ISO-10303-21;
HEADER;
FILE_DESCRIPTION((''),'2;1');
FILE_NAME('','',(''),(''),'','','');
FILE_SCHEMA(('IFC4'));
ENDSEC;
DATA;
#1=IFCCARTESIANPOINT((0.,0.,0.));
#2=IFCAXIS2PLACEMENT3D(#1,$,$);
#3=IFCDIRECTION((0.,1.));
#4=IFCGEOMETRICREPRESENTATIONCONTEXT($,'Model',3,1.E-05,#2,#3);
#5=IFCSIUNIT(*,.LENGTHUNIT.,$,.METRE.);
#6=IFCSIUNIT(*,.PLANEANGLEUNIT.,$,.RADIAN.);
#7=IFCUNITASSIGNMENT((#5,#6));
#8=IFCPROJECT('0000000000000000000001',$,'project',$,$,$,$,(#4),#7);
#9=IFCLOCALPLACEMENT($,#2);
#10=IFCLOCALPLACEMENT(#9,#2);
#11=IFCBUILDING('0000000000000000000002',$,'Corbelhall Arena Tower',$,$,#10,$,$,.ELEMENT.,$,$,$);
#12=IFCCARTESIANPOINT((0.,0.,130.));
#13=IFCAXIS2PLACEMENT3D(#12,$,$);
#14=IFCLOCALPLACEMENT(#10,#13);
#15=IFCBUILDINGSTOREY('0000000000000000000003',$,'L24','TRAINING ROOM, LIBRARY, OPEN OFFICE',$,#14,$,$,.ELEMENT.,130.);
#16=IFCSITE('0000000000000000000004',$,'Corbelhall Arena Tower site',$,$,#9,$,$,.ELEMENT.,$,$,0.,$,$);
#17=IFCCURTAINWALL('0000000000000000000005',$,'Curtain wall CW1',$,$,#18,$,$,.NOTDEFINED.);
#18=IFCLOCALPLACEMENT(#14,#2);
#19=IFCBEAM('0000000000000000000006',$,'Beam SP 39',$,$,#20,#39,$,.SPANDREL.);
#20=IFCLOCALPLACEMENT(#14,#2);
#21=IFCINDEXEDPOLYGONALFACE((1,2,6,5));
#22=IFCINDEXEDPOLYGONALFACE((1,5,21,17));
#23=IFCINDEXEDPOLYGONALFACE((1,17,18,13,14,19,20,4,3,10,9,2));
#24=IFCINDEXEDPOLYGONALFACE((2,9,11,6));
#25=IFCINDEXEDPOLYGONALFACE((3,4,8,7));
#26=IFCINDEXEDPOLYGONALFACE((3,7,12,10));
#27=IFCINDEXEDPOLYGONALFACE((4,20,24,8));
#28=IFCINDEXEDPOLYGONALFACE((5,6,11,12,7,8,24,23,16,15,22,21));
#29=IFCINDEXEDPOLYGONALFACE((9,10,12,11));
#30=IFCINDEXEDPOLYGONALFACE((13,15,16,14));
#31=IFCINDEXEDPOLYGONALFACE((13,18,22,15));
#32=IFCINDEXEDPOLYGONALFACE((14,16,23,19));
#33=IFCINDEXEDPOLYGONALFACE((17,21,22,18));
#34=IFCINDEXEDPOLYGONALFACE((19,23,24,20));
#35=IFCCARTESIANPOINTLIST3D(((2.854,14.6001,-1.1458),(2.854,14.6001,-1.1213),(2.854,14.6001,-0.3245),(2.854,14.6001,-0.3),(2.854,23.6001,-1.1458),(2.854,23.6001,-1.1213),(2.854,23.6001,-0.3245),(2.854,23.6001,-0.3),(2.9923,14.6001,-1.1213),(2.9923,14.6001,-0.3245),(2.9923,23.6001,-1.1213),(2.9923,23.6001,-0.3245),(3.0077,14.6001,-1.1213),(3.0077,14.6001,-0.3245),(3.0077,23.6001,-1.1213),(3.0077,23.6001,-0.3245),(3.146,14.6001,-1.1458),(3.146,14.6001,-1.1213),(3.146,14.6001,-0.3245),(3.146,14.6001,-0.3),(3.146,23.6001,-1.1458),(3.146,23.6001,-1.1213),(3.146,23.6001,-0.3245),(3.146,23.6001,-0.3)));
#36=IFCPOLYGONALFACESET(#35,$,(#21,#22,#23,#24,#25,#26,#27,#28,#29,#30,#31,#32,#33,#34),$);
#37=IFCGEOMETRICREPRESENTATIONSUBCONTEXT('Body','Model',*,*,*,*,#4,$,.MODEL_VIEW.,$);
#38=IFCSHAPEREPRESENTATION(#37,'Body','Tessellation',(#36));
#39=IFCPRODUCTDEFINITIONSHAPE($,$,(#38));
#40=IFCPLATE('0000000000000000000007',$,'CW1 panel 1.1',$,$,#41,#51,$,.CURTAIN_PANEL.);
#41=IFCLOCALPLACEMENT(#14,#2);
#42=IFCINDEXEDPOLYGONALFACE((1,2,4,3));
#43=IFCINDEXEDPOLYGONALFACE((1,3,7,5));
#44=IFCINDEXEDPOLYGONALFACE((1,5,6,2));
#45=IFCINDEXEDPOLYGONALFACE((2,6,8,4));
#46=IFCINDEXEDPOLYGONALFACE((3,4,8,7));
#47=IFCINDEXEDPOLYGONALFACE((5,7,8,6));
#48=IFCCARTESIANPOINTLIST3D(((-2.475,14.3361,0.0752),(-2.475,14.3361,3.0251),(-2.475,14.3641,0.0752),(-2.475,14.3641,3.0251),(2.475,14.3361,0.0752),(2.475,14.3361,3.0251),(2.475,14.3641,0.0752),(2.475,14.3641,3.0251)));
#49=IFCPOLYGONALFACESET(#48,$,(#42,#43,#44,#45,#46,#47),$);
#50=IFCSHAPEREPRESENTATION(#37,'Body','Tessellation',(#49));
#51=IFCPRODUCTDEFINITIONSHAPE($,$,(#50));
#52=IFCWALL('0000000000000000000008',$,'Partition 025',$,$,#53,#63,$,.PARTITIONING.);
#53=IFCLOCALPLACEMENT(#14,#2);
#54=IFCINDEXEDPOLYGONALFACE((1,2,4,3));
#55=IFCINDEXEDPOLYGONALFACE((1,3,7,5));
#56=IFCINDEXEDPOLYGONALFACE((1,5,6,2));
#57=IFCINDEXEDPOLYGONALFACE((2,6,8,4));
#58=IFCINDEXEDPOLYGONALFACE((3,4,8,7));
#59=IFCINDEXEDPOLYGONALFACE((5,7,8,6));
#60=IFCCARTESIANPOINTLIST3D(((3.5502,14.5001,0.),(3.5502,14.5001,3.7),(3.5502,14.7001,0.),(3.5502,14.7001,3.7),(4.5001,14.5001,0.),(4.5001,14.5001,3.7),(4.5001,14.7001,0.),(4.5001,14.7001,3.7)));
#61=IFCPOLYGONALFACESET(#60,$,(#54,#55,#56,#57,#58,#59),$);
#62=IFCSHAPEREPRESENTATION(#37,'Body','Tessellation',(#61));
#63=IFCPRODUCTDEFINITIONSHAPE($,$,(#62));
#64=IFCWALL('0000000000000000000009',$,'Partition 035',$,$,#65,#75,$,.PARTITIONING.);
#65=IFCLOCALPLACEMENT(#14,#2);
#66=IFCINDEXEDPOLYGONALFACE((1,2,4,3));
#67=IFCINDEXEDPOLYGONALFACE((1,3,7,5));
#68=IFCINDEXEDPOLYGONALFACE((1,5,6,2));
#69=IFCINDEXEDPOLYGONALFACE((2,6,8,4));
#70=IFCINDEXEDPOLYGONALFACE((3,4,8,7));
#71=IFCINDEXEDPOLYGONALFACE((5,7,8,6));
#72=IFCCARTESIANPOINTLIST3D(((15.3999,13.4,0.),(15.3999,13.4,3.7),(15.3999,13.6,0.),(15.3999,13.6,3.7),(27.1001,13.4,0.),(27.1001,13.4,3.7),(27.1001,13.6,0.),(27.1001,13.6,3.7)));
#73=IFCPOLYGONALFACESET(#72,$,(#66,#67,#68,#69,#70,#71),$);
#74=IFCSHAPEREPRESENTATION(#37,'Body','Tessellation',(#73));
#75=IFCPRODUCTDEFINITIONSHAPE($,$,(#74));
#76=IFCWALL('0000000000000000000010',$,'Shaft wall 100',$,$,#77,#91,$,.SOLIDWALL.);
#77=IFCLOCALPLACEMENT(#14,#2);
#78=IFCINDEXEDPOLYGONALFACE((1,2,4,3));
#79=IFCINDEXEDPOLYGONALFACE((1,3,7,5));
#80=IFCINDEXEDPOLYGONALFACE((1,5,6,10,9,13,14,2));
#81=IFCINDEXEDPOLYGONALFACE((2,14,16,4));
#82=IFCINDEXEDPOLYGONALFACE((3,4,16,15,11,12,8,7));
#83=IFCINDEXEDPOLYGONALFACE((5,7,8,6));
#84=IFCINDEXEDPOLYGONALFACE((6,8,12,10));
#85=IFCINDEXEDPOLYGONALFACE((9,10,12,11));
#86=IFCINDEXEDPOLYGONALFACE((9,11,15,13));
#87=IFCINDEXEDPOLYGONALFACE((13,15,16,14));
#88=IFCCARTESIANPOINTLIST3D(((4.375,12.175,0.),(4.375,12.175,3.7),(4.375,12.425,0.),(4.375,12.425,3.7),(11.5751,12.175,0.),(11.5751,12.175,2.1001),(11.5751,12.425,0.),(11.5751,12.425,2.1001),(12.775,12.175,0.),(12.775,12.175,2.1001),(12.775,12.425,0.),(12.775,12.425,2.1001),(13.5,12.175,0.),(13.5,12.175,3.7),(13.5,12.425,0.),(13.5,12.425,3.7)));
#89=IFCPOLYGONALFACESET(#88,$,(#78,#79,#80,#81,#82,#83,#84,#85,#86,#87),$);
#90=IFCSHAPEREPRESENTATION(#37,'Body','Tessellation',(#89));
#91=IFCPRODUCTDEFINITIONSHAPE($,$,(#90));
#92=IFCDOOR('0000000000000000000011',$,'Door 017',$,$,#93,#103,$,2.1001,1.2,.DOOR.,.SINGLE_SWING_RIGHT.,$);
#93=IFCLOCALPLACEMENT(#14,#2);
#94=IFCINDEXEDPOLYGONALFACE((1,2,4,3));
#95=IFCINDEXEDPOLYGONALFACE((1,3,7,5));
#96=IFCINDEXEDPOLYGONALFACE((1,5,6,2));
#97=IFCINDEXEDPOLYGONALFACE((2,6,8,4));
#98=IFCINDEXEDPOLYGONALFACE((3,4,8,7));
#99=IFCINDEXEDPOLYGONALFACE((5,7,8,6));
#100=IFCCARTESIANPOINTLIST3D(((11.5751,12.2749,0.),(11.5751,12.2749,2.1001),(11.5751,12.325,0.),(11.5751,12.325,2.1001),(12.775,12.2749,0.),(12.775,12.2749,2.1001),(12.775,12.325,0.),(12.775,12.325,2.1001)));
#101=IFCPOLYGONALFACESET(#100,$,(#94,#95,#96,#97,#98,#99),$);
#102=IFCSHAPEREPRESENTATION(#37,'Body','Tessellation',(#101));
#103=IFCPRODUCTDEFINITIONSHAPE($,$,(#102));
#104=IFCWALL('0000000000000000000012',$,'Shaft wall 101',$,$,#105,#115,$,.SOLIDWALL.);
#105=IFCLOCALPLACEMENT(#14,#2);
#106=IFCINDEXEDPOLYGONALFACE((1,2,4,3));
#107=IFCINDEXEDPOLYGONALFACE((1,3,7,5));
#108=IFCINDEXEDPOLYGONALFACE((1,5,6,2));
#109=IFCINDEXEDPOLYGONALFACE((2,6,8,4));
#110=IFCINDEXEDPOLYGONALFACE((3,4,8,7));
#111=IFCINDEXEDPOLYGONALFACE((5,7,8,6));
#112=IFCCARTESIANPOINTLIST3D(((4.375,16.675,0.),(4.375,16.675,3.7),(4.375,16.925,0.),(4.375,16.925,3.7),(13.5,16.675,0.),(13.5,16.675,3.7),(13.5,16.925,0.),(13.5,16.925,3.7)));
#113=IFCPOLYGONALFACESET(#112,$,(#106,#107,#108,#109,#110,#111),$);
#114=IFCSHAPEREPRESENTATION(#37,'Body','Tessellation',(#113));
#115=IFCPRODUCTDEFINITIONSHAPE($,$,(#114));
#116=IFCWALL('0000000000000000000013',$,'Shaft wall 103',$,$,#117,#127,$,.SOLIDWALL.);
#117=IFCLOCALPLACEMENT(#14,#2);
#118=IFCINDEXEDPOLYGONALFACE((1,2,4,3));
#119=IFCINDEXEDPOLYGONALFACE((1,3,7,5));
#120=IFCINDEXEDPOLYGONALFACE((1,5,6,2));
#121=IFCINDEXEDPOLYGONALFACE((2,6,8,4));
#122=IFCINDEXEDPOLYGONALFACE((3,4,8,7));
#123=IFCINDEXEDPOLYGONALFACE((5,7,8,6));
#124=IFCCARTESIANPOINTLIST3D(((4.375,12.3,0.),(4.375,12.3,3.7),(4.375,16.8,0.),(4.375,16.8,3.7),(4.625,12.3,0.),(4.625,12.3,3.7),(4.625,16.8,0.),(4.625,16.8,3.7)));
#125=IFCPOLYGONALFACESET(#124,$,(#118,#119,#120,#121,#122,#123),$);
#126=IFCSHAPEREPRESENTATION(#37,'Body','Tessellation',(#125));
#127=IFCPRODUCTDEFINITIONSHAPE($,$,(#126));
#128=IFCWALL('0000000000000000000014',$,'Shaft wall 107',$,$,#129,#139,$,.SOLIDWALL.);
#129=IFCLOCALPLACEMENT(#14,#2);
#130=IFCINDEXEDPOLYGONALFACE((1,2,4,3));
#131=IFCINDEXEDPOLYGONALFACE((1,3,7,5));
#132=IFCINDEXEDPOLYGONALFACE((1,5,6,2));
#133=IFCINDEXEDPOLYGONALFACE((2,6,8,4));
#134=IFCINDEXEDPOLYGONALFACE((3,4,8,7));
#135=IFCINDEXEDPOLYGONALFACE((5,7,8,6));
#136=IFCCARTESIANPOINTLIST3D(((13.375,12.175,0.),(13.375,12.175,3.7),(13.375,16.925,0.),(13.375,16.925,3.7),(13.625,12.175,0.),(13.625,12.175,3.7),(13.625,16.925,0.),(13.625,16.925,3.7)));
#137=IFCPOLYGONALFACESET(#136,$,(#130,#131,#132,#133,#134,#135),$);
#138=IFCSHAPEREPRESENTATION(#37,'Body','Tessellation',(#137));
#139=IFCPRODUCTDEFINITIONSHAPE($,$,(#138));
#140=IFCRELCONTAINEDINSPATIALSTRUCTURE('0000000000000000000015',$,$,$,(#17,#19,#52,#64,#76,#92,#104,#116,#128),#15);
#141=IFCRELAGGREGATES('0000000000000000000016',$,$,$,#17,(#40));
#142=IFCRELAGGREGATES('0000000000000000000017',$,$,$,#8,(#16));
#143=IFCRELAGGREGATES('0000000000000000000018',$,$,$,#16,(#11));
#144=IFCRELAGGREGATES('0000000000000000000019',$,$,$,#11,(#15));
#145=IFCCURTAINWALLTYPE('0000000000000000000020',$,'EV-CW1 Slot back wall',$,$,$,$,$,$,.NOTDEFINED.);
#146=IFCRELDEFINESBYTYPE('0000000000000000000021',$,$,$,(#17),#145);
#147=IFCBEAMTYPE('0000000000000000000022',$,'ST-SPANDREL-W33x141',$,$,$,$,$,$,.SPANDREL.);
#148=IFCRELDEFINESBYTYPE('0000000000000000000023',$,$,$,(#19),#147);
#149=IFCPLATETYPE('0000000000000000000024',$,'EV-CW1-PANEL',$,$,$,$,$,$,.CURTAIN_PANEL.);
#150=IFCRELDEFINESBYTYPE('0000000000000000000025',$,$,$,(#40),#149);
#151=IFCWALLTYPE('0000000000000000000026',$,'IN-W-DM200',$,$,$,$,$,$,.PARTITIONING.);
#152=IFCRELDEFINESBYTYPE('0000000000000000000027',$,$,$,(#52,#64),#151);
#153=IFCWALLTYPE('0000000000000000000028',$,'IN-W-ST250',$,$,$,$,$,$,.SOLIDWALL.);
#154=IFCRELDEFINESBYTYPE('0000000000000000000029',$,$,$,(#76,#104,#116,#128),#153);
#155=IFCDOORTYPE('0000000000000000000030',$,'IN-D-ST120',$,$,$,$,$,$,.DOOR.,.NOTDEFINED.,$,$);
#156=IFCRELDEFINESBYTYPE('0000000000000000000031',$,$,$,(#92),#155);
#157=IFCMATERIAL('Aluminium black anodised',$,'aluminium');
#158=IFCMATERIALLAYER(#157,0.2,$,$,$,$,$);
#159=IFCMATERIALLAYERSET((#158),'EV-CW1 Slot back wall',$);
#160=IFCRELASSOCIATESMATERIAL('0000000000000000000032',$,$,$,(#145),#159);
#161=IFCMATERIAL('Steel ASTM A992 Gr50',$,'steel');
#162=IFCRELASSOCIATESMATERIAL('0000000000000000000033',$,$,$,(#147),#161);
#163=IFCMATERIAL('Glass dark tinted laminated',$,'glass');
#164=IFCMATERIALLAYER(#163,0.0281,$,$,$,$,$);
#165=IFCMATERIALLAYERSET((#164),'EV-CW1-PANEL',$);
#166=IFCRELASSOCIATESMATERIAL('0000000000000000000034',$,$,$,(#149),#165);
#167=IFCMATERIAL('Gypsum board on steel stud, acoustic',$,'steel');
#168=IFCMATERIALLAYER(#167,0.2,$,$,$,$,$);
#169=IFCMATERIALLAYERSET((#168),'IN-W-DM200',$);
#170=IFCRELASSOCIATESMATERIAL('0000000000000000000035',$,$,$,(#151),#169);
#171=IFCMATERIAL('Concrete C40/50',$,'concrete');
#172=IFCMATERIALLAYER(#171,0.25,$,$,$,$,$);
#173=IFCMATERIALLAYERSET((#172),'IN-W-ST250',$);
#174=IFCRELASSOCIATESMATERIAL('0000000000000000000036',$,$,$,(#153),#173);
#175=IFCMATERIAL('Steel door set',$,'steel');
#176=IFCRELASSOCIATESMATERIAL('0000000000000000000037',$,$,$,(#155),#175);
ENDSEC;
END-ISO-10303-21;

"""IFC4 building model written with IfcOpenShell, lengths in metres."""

from ifc_helpers import new_model, si_unit, direction, frame, frame_2d, origin, origin_2d, place, context, subcontext, project, spatial, rectangle, i_section, extrude, material, layer, layer_set, material_profile, profile_set, type_object, element, fill, aggregate, save


model = new_model("IFC4")

# Units and contexts
model_context = context("Model", 3, precision=1e-05, world=origin(), true_north=direction((0.0, 1.0)))
body_context = subcontext(model_context, "Body", "Model", "MODEL_VIEW")
ifc_project = project(units=[si_unit("LENGTHUNIT", "METRE"), si_unit("PLANEANGLEUNIT", "RADIAN")], contexts=[model_context])

# Site, building, storey
site_placement = place(None, origin())
site = spatial("IfcSite", under=ifc_project, at=site_placement, Name="Corbelhall Arena Tower site", CompositionType="ELEMENT", RefElevation=0.0)
building_placement = place(site_placement, origin())
building = spatial("IfcBuilding", under=site, at=building_placement, Name="Corbelhall Arena Tower", CompositionType="ELEMENT")
storey_placement = place(building_placement, frame((0.0, 0.0, 130.0)))
storey = spatial("IfcBuildingStorey", under=building, at=storey_placement, Name="L24", Description="TRAINING ROOM, LIBRARY, OPEN OFFICE", CompositionType="ELEMENT", Elevation=130.0)

# Curtain wall
ifc_material_1 = material(Name="Aluminium black anodised", Category="aluminium")
ifc_layer_1 = layer(ifc_material_1, 0.2)
ifc_layer_set_1 = layer_set([ifc_layer_1], Name="EV-CW1 Slot back wall")
curtain_wall_type = type_object("IfcCurtainWallType", Name="EV-CW1 Slot back wall", PredefinedType="NOTDEFINED", material=ifc_layer_set_1)
curtain_wall_placement = place(storey_placement, origin())
curtain_wall = element("IfcCurtainWall", 1, at=curtain_wall_placement, inside=storey, type_object=curtain_wall_type, Name="Curtain wall CW1", PredefinedType="NOTDEFINED")

# Beam
ifc_material_2 = material(Name="Steel ASTM A992 Gr50", Category="steel")
ifc_material_profile_1 = material_profile(ifc_material_2, i_section(OverallWidth=0.292, OverallDepth=0.8457, WebThickness=0.0154, FlangeThickness=0.0244, at=origin_2d()))
ifc_profile_set_1 = profile_set([ifc_material_profile_1], Name="Steel ASTM A992 Gr50")
beam_type_1 = type_object("IfcBeamType", Name="ST-SPANDREL-W33x141", PredefinedType="SPANDREL", material=ifc_profile_set_1)
beam_1_placement = place(storey_placement, frame((3.0, 14.6001, -0.7229), z_axis=(0.0, 1.0, 0.0), x_axis=(-1.0, 0.0, 0.0)))
element("IfcBeam", 2, at=beam_1_placement, inside=storey, type_object=beam_type_1, Name="Beam SP 39", PredefinedType="SPANDREL", context=body_context, shape_type="SweptSolid", body=[
    extrude(i_section(OverallWidth=0.292, OverallDepth=0.8457, WebThickness=0.0154, FlangeThickness=0.0244, at=origin_2d()), origin(), (0.0, 0.0, 1.0), 9.0),
])

# Plate
ifc_material_3 = material(Name="Glass dark tinted laminated", Category="glass")
ifc_layer_2 = layer(ifc_material_3, 0.0281)
ifc_layer_set_2 = layer_set([ifc_layer_2], Name="EV-CW1-PANEL")
plate_type = type_object("IfcPlateType", Name="EV-CW1-PANEL", PredefinedType="CURTAIN_PANEL", material=ifc_layer_set_2)
plate_placement = place(storey_placement, frame((0.0, 14.3501, 0.0752), z_axis=(0.0, 0.0, 1.0), x_axis=(-1.0, 0.0, 0.0)))
plate = element("IfcPlate", 3, at=plate_placement, type_object=plate_type, Name="CW1 panel 1.1", PredefinedType="CURTAIN_PANEL", context=body_context, shape_type="SweptSolid", body=[
    extrude(rectangle(XDim=4.95, YDim=0.0281, at=origin_2d()), origin(), (0.0, 0.0, 1.0), 2.95),
])
aggregate(curtain_wall, [plate])

# Wall
ifc_material_4 = material(Name="Gypsum board on steel stud, acoustic", Category="steel")
ifc_layer_3 = layer(ifc_material_4, 0.2)
ifc_layer_set_3 = layer_set([ifc_layer_3], Name="IN-W-DM200")
wall_type_1 = type_object("IfcWallType", Name="IN-W-DM200", PredefinedType="PARTITIONING", material=ifc_layer_set_3)
wall_1_placement = place(storey_placement, frame((3.55, 14.6001, 0.0), z_axis=(0.0, 0.0, 1.0), x_axis=(1.0, 0.0, 0.0)))
element("IfcWall", 4, at=wall_1_placement, inside=storey, type_object=wall_type_1, Name="Partition 025", PredefinedType="PARTITIONING", context=body_context, shape_type="SweptSolid", body=[
    extrude(rectangle(XDim=0.95, YDim=0.2, at=frame_2d((0.4751, 0.0))), origin(), (0.0, 0.0, 1.0), 3.7),
])

# Shared definitions
ifc_material_5 = material(Name="Steel door set", Category="steel")

# Wall
wall_2_placement = place(storey_placement, frame((15.3999, 13.5, 0.0), z_axis=(0.0, 0.0, 1.0), x_axis=(1.0, 0.0, 0.0)))
element("IfcWall", 5, at=wall_2_placement, inside=storey, type_object=wall_type_1, Name="Partition 035", PredefinedType="PARTITIONING", context=body_context, shape_type="SweptSolid", body=[
    extrude(rectangle(XDim=11.7002, YDim=0.2, at=frame_2d((5.8501, 0.0))), origin(), (0.0, 0.0, 1.0), 3.7),
])

# Wall, opening, door
ifc_material_6 = material(Name="Concrete C40/50", Category="concrete")
ifc_layer_4 = layer(ifc_material_6, 0.25)
ifc_layer_set_4 = layer_set([ifc_layer_4], Name="IN-W-ST250")
wall_type_2 = type_object("IfcWallType", Name="IN-W-ST250", PredefinedType="SOLIDWALL", material=ifc_layer_set_4)
wall_3_placement = place(storey_placement, frame((4.375, 12.3, 0.0), z_axis=(0.0, 0.0, 1.0), x_axis=(1.0, 0.0, 0.0)))
wall_3 = element("IfcWall", 6, at=wall_3_placement, inside=storey, type_object=wall_type_2, Name="Shaft wall 100", PredefinedType="SOLIDWALL", context=body_context, shape_type="SweptSolid", body=[
    extrude(rectangle(XDim=9.125, YDim=0.25, at=frame_2d((4.5625, 0.0))), origin(), (0.0, 0.0, 1.0), 3.7),
])
opening_1_placement = place(wall_3_placement, frame((7.2, 0.0, 0.0)))
opening_1 = element("IfcOpeningElement", 7, at=opening_1_placement, cuts=wall_3, PredefinedType="OPENING", context=body_context, shape_type="SweptSolid", body=[
    extrude(rectangle(XDim=1.2, YDim=2.1001, at=frame_2d((0.6001, 1.05))), frame((0.0, 0.125, 0.0), z_axis=(0.0, -1.0, 0.0), x_axis=(1.0, 0.0, 0.0)), (0.0, 0.0, 1.0), 0.25),
])
door_type_1 = type_object("IfcDoorType", Name="IN-D-ST120", OperationType="NOTDEFINED", PredefinedType="DOOR", material=ifc_material_5)
door_1_placement = place(opening_1_placement, origin())
door_1 = element("IfcDoor", 8, at=door_1_placement, inside=storey, type_object=door_type_1, Name="Door 017", OperationType="SINGLE_SWING_RIGHT", OverallHeight=2.1001, OverallWidth=1.2, PredefinedType="DOOR", context=body_context, shape_type="SweptSolid", body=[
    extrude(rectangle(XDim=1.2, YDim=2.1001, at=frame_2d((0.6001, 1.05))), frame((0.0, 0.0249, 0.0), z_axis=(0.0, -1.0, 0.0), x_axis=(1.0, 0.0, 0.0)), (0.0, 0.0, 1.0), 0.05),
])
fill(opening_1, door_1)

# Walls
wall_4_placement = place(storey_placement, frame((4.375, 16.8, 0.0), z_axis=(0.0, 0.0, 1.0), x_axis=(1.0, 0.0, 0.0)))
element("IfcWall", 9, at=wall_4_placement, inside=storey, type_object=wall_type_2, Name="Shaft wall 101", PredefinedType="SOLIDWALL", context=body_context, shape_type="SweptSolid", body=[
    extrude(rectangle(XDim=9.125, YDim=0.25, at=frame_2d((4.5625, 0.0))), origin(), (0.0, 0.0, 1.0), 3.7),
])
wall_5_placement = place(storey_placement, frame((4.5, 12.3, 0.0), z_axis=(0.0, 0.0, 1.0), x_axis=(0.0, 1.0, 0.0)))
element("IfcWall", 10, at=wall_5_placement, inside=storey, type_object=wall_type_2, Name="Shaft wall 103", PredefinedType="SOLIDWALL", context=body_context, shape_type="SweptSolid", body=[
    extrude(rectangle(XDim=4.5, YDim=0.25, at=frame_2d((2.25, 0.0))), origin(), (0.0, 0.0, 1.0), 3.7),
])
wall_6_placement = place(storey_placement, frame((13.5, 12.175, 0.0), z_axis=(0.0, 0.0, 1.0), x_axis=(0.0, 1.0, 0.0)))
element("IfcWall", 11, at=wall_6_placement, inside=storey, type_object=wall_type_2, Name="Shaft wall 107", PredefinedType="SOLIDWALL", context=body_context, shape_type="SweptSolid", body=[
    extrude(rectangle(XDim=4.75, YDim=0.25, at=frame_2d((2.375, 0.0))), origin(), (0.0, 0.0, 1.0), 3.7),
])

save(model, "model.ifc")
